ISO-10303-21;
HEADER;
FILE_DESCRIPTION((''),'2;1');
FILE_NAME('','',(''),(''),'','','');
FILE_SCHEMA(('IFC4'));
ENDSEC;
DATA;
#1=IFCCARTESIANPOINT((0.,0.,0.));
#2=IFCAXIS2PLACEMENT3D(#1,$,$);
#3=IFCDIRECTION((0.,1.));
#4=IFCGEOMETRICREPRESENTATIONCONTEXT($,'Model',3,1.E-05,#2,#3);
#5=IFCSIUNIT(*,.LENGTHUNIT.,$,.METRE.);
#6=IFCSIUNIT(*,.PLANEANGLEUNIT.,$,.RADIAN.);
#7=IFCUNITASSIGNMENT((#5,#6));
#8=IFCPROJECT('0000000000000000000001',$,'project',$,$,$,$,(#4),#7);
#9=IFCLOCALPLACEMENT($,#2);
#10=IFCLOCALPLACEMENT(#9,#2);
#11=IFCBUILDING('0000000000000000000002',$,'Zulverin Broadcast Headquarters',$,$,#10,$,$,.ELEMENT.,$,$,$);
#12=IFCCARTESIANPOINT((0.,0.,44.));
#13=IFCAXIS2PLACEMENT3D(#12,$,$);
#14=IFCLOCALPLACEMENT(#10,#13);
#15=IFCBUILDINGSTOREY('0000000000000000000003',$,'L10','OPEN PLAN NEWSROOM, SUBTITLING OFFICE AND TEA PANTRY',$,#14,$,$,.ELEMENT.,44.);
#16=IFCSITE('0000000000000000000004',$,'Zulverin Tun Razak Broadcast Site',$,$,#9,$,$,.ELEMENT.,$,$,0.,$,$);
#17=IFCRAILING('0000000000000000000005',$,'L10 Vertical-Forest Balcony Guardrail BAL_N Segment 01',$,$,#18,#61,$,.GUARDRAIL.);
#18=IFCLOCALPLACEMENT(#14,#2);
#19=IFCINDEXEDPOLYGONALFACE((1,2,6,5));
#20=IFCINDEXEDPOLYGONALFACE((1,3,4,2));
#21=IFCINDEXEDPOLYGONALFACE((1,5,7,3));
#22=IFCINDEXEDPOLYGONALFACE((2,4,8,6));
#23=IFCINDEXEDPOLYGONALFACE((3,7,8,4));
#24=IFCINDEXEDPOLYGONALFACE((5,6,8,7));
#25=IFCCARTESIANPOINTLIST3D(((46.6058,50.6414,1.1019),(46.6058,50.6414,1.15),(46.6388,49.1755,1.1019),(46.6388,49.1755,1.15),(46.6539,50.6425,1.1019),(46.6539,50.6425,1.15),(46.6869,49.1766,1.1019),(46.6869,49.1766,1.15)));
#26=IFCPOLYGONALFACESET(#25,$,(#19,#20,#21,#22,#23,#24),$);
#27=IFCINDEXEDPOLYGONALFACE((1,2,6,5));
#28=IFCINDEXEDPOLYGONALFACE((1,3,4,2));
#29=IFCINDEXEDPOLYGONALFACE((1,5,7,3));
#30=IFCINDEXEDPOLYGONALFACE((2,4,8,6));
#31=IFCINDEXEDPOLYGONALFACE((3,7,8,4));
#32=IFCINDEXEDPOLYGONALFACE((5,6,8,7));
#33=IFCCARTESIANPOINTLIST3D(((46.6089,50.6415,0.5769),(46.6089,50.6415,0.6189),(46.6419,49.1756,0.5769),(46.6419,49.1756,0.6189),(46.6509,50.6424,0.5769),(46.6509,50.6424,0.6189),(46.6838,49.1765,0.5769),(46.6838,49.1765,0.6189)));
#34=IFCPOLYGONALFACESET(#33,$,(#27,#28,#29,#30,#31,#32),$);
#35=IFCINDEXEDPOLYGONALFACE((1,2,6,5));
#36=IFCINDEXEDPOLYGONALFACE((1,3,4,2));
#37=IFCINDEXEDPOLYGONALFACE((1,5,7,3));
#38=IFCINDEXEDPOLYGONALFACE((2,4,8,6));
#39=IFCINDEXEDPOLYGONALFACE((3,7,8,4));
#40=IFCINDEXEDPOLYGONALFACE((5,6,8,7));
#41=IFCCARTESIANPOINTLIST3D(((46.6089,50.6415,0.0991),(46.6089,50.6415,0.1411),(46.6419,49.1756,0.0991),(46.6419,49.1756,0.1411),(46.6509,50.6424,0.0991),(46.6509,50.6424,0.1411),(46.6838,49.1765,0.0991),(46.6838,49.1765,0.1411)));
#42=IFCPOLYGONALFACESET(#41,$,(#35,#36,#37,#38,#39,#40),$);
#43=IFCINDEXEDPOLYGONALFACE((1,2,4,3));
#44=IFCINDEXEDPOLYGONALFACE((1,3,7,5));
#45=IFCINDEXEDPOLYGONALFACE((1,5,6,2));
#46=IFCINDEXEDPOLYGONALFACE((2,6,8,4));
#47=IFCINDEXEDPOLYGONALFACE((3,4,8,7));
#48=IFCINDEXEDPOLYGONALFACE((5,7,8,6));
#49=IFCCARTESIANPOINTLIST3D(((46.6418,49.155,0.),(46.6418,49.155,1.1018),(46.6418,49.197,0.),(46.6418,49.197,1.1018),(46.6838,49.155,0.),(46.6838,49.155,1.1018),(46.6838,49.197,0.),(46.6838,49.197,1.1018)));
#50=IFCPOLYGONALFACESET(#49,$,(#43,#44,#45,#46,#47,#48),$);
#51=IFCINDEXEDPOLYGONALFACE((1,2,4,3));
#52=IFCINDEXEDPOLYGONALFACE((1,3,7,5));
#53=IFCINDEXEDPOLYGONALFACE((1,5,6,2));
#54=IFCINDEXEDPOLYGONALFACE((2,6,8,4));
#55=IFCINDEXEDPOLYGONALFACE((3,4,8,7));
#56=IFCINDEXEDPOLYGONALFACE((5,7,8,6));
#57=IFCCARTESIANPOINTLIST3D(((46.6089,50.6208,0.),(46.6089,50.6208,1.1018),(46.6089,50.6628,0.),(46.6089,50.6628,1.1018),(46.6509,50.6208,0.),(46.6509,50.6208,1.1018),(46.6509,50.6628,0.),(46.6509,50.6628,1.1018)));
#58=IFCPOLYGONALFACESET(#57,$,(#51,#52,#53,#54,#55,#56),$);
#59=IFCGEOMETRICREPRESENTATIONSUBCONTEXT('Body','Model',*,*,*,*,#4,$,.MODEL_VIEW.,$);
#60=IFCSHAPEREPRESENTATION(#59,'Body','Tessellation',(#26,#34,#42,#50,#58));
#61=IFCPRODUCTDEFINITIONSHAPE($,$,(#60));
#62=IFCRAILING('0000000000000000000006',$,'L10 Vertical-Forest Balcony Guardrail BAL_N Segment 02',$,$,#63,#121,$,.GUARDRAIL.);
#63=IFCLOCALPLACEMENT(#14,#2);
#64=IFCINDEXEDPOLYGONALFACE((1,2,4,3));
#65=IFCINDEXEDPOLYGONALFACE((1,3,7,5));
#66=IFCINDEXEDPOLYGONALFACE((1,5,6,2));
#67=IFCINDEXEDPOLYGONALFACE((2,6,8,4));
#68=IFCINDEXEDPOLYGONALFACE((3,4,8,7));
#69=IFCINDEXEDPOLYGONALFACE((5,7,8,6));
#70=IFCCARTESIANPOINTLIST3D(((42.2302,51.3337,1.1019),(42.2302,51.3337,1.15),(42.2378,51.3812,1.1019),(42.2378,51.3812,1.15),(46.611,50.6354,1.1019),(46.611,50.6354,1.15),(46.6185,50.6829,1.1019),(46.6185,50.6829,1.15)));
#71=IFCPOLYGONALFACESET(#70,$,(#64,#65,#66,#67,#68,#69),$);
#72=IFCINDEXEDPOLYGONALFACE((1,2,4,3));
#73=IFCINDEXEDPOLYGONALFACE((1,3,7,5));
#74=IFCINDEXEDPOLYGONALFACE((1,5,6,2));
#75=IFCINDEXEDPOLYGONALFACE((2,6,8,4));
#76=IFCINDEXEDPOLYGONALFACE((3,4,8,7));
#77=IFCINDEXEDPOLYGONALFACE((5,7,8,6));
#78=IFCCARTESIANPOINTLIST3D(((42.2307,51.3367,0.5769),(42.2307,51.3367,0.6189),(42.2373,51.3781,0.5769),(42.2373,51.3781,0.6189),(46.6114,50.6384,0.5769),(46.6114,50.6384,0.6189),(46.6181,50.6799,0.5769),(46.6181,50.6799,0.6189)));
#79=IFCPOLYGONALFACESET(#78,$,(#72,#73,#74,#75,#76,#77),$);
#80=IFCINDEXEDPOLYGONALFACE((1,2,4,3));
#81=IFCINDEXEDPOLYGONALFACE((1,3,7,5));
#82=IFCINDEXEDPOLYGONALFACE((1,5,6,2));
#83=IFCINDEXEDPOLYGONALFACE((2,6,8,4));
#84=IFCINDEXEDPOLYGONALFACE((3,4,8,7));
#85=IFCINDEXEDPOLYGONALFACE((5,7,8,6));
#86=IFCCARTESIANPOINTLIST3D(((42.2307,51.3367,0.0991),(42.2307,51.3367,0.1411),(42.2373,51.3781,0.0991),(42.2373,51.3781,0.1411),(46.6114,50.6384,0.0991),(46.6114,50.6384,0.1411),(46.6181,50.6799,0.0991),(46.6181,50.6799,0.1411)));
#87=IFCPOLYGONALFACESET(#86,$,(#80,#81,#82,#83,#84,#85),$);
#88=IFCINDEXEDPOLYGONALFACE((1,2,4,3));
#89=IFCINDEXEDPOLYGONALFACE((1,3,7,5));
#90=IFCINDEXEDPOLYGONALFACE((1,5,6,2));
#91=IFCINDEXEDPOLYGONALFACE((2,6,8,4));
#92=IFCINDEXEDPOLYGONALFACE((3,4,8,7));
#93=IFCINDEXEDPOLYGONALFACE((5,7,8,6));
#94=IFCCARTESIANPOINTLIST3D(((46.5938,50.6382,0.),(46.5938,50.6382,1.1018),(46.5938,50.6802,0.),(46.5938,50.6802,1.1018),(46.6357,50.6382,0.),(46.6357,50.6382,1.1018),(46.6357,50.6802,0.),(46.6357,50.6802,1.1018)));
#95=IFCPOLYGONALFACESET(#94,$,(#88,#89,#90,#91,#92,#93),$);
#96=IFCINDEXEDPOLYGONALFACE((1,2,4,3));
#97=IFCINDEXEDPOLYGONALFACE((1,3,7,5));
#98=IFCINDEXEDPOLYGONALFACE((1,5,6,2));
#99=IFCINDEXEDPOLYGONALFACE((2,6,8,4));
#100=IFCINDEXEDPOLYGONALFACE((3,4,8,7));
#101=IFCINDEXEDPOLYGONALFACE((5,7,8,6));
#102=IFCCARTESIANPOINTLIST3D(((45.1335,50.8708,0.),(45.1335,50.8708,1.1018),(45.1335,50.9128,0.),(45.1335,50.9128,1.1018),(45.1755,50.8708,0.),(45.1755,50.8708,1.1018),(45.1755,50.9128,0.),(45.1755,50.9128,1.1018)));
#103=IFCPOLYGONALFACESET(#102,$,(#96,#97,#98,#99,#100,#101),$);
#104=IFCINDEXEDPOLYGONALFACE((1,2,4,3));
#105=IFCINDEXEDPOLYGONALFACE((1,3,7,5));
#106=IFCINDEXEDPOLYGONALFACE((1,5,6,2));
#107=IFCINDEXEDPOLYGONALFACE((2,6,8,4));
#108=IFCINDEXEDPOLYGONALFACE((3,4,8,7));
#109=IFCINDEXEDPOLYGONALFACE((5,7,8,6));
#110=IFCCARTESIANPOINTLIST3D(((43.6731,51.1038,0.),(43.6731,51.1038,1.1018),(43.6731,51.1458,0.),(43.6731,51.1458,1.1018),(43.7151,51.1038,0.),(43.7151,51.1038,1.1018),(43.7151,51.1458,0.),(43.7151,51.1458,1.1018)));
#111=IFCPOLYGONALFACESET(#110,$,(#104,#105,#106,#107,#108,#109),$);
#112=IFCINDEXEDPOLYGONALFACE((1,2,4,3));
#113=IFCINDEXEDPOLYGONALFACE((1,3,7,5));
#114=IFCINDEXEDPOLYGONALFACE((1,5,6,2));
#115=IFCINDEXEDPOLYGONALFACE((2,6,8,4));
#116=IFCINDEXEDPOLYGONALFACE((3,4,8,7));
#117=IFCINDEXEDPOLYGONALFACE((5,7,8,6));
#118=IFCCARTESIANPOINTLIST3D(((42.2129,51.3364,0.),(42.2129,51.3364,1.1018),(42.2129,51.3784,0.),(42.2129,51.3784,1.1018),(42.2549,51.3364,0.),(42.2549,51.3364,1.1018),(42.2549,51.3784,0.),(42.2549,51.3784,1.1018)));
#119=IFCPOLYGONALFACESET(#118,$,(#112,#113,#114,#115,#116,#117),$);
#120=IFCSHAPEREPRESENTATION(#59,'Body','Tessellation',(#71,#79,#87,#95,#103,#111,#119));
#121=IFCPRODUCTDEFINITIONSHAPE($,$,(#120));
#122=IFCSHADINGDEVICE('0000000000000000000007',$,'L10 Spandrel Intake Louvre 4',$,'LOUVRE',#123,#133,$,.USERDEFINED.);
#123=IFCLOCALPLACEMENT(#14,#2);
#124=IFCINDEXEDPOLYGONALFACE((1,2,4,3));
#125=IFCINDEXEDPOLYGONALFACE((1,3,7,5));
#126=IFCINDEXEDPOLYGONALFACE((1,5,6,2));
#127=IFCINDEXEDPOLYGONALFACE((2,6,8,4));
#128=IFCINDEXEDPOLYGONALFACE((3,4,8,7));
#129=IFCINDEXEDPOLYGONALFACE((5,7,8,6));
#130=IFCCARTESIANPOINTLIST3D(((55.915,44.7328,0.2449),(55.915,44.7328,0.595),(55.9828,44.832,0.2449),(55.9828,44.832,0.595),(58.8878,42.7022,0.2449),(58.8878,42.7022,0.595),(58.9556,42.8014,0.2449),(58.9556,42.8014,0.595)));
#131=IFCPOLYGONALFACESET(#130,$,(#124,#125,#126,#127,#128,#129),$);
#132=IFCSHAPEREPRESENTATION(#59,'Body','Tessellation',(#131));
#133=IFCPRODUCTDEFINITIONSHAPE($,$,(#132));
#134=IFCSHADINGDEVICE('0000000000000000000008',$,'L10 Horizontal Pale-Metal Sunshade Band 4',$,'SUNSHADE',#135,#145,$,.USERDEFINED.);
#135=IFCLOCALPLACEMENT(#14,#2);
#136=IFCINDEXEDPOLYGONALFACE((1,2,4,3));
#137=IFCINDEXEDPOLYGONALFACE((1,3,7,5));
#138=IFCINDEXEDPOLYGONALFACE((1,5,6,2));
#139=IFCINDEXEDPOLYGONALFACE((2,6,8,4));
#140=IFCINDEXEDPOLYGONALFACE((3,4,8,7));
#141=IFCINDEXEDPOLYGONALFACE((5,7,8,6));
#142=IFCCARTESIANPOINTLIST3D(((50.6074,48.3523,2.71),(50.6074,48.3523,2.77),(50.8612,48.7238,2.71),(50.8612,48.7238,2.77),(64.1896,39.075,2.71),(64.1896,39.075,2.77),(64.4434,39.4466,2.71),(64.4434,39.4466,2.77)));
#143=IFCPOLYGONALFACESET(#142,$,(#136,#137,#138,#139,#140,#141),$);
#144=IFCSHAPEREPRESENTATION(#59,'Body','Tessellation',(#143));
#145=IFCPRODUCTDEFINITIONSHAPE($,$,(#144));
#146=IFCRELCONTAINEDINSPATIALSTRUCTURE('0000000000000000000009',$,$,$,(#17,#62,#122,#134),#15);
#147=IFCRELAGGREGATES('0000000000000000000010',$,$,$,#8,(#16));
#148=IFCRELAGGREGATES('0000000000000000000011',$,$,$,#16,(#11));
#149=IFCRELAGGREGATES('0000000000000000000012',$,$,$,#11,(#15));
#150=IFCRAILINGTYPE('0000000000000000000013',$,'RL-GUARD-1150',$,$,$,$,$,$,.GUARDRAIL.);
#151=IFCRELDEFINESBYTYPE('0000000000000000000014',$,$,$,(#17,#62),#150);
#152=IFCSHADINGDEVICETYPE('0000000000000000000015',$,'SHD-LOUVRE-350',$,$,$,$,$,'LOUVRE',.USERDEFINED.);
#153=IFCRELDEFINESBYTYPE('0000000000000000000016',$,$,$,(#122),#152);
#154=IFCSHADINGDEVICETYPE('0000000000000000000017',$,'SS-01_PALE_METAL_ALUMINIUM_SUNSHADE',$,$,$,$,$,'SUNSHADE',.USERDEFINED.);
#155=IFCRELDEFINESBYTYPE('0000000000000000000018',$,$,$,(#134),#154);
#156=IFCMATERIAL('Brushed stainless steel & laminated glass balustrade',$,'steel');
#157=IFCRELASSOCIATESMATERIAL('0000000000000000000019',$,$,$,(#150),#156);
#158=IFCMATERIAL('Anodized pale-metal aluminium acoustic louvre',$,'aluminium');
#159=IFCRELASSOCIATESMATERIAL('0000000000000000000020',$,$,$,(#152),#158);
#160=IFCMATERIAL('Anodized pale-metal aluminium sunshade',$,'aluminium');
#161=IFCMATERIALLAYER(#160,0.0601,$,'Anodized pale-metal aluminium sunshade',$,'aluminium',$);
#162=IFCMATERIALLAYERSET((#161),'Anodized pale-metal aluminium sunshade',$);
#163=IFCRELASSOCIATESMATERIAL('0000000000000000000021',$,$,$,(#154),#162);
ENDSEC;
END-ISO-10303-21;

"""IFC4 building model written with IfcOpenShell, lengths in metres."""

from ifc_helpers import new_model, si_unit, direction, frame, origin, origin_2d, place, context, subcontext, project, spatial, rectangle, extrude, material, layer, layer_set, type_object, element, save


model = new_model("IFC4")

# Units and contexts
model_context = context("Model", 3, precision=1e-05, world=origin(), true_north=direction((0.0, 1.0)))
body_context = subcontext(model_context, "Body", "Model", "MODEL_VIEW")
ifc_project = project(units=[si_unit("LENGTHUNIT", "METRE"), si_unit("PLANEANGLEUNIT", "RADIAN")], contexts=[model_context])

# Site, building, storey
site_placement = place(None, origin())
site = spatial("IfcSite", under=ifc_project, at=site_placement, Name="Zulverin Tun Razak Broadcast Site", CompositionType="ELEMENT", RefElevation=0.0)
building_placement = place(site_placement, origin())
building = spatial("IfcBuilding", under=site, at=building_placement, Name="Zulverin Broadcast Headquarters", CompositionType="ELEMENT")
storey_placement = place(building_placement, frame((0.0, 0.0, 44.0)))
storey = spatial("IfcBuildingStorey", under=building, at=storey_placement, Name="L10", Description="OPEN PLAN NEWSROOM, SUBTITLING OFFICE AND TEA PANTRY", CompositionType="ELEMENT", Elevation=44.0)

# Railings
ifc_material_1 = material(Name="Brushed stainless steel & laminated glass balustrade", Category="steel")
railing_type = type_object("IfcRailingType", Name="RL-GUARD-1150", PredefinedType="GUARDRAIL", material=ifc_material_1)
railing_1_placement = place(storey_placement, frame((46.6628, 49.176, 0.0)))
element("IfcRailing", 1, at=railing_1_placement, inside=storey, type_object=railing_type, Name="L10 Vertical-Forest Balcony Guardrail BAL_N Segment 01", PredefinedType="GUARDRAIL", context=body_context, shape_type="SweptSolid", body=[
    extrude(rectangle(XDim=0.0481, YDim=0.0481, at=origin_2d()), frame((0.0, 0.0, 1.126), z_axis=(-0.022479, 0.999747, 0.0), x_axis=(-0.999747, -0.022479, 0.0)), (0.0, 0.0, 1.0), 1.4663),
    extrude(rectangle(XDim=0.042, YDim=0.042, at=origin_2d()), frame((0.0, 0.0, 0.5979), z_axis=(-0.022479, 0.999747, 0.0), x_axis=(-0.999747, -0.022479, 0.0)), (0.0, 0.0, 1.0), 1.4663),
    extrude(rectangle(XDim=0.042, YDim=0.042, at=origin_2d()), frame((0.0, 0.0, 0.1201), z_axis=(-0.022479, 0.999747, 0.0), x_axis=(-0.999747, -0.022479, 0.0)), (0.0, 0.0, 1.0), 1.4663),
    extrude(rectangle(XDim=0.042, YDim=0.042, at=origin_2d()), origin(), (0.0, 0.0, 1.0), 1.1018),
    extrude(rectangle(XDim=0.042, YDim=0.042, at=origin_2d()), frame((-0.033, 1.4658, 0.0)), (0.0, 0.0, 1.0), 1.1018),
])
railing_2_placement = place(storey_placement, frame((46.6147, 50.6592, 0.0)))
element("IfcRailing", 2, at=railing_2_placement, inside=storey, type_object=railing_type, Name="L10 Vertical-Forest Balcony Guardrail BAL_N Segment 02", PredefinedType="GUARDRAIL", context=body_context, shape_type="SweptSolid", body=[
    extrude(rectangle(XDim=0.0481, YDim=0.0481, at=origin_2d()), frame((0.0, 0.0, 1.126), z_axis=(-0.987535, 0.157398, 0.0), x_axis=(-0.157398, -0.987535, 0.0)), (0.0, 0.0, 1.0), 4.436),
    extrude(rectangle(XDim=0.042, YDim=0.042, at=origin_2d()), frame((0.0, 0.0, 0.5979), z_axis=(-0.987535, 0.157398, 0.0), x_axis=(-0.157398, -0.987535, 0.0)), (0.0, 0.0, 1.0), 4.436),
    extrude(rectangle(XDim=0.042, YDim=0.042, at=origin_2d()), frame((0.0, 0.0, 0.1201), z_axis=(-0.987535, 0.157398, 0.0), x_axis=(-0.157398, -0.987535, 0.0)), (0.0, 0.0, 1.0), 4.436),
    extrude(rectangle(XDim=0.042, YDim=0.042, at=origin_2d()), origin(), (0.0, 0.0, 1.0), 1.1018),
    extrude(rectangle(XDim=0.042, YDim=0.042, at=origin_2d()), frame((-1.4602, 0.2327, 0.0)), (0.0, 0.0, 1.0), 1.1018),
    extrude(rectangle(XDim=0.042, YDim=0.042, at=origin_2d()), frame((-2.9207, 0.4656, 0.0)), (0.0, 0.0, 1.0), 1.1018),
    extrude(rectangle(XDim=0.042, YDim=0.042, at=origin_2d()), frame((-4.3809, 0.6982, 0.0)), (0.0, 0.0, 1.0), 1.1018),
])

# Shading devices
ifc_material_2 = material(Name="Anodized pale-metal aluminium acoustic louvre", Category="aluminium")
shading_device_type_1 = type_object("IfcShadingDeviceType", Name="SHD-LOUVRE-350", ElementType="LOUVRE", PredefinedType="USERDEFINED", material=ifc_material_2)
shading_device_1_placement = place(storey_placement, frame((57.4353, 43.7671, 0.2449), z_axis=(0.0, 0.0, 1.0), x_axis=(-0.825757, 0.564026, 0.0)))
element("IfcShadingDevice", 3, at=shading_device_1_placement, inside=storey, type_object=shading_device_type_1, Name="L10 Spandrel Intake Louvre 4", ObjectType="LOUVRE", PredefinedType="USERDEFINED", context=body_context, shape_type="SweptSolid", body=[
    extrude(rectangle(XDim=3.6001, YDim=0.1201, at=origin_2d()), origin(), (0.0, 0.0, 1.0), 0.3501),
])
ifc_material_3 = material(Name="Anodized pale-metal aluminium sunshade", Category="aluminium")
ifc_layer_1 = layer(ifc_material_3, 0.0601, Name="Anodized pale-metal aluminium sunshade", Category="aluminium")
ifc_layer_set_1 = layer_set([ifc_layer_1], Name="Anodized pale-metal aluminium sunshade")
shading_device_type_2 = type_object("IfcShadingDeviceType", Name="SS-01_PALE_METAL_ALUMINIUM_SUNSHADE", ElementType="SUNSHADE", PredefinedType="USERDEFINED", material=ifc_layer_set_1)
shading_device_2_placement = place(storey_placement, frame((57.5254, 43.8994, 2.71), z_axis=(0.0, 0.0, 1.0), x_axis=(-0.825757, 0.564026, 0.0)))
element("IfcShadingDevice", 4, at=shading_device_2_placement, inside=storey, type_object=shading_device_type_2, Name="L10 Horizontal Pale-Metal Sunshade Band 4", ObjectType="SUNSHADE", PredefinedType="USERDEFINED", context=body_context, shape_type="SweptSolid", body=[
    extrude(rectangle(XDim=16.4482, YDim=0.45, at=origin_2d()), origin(), (0.0, 0.0, 1.0), 0.0601),
])

save(model, "model.ifc")
